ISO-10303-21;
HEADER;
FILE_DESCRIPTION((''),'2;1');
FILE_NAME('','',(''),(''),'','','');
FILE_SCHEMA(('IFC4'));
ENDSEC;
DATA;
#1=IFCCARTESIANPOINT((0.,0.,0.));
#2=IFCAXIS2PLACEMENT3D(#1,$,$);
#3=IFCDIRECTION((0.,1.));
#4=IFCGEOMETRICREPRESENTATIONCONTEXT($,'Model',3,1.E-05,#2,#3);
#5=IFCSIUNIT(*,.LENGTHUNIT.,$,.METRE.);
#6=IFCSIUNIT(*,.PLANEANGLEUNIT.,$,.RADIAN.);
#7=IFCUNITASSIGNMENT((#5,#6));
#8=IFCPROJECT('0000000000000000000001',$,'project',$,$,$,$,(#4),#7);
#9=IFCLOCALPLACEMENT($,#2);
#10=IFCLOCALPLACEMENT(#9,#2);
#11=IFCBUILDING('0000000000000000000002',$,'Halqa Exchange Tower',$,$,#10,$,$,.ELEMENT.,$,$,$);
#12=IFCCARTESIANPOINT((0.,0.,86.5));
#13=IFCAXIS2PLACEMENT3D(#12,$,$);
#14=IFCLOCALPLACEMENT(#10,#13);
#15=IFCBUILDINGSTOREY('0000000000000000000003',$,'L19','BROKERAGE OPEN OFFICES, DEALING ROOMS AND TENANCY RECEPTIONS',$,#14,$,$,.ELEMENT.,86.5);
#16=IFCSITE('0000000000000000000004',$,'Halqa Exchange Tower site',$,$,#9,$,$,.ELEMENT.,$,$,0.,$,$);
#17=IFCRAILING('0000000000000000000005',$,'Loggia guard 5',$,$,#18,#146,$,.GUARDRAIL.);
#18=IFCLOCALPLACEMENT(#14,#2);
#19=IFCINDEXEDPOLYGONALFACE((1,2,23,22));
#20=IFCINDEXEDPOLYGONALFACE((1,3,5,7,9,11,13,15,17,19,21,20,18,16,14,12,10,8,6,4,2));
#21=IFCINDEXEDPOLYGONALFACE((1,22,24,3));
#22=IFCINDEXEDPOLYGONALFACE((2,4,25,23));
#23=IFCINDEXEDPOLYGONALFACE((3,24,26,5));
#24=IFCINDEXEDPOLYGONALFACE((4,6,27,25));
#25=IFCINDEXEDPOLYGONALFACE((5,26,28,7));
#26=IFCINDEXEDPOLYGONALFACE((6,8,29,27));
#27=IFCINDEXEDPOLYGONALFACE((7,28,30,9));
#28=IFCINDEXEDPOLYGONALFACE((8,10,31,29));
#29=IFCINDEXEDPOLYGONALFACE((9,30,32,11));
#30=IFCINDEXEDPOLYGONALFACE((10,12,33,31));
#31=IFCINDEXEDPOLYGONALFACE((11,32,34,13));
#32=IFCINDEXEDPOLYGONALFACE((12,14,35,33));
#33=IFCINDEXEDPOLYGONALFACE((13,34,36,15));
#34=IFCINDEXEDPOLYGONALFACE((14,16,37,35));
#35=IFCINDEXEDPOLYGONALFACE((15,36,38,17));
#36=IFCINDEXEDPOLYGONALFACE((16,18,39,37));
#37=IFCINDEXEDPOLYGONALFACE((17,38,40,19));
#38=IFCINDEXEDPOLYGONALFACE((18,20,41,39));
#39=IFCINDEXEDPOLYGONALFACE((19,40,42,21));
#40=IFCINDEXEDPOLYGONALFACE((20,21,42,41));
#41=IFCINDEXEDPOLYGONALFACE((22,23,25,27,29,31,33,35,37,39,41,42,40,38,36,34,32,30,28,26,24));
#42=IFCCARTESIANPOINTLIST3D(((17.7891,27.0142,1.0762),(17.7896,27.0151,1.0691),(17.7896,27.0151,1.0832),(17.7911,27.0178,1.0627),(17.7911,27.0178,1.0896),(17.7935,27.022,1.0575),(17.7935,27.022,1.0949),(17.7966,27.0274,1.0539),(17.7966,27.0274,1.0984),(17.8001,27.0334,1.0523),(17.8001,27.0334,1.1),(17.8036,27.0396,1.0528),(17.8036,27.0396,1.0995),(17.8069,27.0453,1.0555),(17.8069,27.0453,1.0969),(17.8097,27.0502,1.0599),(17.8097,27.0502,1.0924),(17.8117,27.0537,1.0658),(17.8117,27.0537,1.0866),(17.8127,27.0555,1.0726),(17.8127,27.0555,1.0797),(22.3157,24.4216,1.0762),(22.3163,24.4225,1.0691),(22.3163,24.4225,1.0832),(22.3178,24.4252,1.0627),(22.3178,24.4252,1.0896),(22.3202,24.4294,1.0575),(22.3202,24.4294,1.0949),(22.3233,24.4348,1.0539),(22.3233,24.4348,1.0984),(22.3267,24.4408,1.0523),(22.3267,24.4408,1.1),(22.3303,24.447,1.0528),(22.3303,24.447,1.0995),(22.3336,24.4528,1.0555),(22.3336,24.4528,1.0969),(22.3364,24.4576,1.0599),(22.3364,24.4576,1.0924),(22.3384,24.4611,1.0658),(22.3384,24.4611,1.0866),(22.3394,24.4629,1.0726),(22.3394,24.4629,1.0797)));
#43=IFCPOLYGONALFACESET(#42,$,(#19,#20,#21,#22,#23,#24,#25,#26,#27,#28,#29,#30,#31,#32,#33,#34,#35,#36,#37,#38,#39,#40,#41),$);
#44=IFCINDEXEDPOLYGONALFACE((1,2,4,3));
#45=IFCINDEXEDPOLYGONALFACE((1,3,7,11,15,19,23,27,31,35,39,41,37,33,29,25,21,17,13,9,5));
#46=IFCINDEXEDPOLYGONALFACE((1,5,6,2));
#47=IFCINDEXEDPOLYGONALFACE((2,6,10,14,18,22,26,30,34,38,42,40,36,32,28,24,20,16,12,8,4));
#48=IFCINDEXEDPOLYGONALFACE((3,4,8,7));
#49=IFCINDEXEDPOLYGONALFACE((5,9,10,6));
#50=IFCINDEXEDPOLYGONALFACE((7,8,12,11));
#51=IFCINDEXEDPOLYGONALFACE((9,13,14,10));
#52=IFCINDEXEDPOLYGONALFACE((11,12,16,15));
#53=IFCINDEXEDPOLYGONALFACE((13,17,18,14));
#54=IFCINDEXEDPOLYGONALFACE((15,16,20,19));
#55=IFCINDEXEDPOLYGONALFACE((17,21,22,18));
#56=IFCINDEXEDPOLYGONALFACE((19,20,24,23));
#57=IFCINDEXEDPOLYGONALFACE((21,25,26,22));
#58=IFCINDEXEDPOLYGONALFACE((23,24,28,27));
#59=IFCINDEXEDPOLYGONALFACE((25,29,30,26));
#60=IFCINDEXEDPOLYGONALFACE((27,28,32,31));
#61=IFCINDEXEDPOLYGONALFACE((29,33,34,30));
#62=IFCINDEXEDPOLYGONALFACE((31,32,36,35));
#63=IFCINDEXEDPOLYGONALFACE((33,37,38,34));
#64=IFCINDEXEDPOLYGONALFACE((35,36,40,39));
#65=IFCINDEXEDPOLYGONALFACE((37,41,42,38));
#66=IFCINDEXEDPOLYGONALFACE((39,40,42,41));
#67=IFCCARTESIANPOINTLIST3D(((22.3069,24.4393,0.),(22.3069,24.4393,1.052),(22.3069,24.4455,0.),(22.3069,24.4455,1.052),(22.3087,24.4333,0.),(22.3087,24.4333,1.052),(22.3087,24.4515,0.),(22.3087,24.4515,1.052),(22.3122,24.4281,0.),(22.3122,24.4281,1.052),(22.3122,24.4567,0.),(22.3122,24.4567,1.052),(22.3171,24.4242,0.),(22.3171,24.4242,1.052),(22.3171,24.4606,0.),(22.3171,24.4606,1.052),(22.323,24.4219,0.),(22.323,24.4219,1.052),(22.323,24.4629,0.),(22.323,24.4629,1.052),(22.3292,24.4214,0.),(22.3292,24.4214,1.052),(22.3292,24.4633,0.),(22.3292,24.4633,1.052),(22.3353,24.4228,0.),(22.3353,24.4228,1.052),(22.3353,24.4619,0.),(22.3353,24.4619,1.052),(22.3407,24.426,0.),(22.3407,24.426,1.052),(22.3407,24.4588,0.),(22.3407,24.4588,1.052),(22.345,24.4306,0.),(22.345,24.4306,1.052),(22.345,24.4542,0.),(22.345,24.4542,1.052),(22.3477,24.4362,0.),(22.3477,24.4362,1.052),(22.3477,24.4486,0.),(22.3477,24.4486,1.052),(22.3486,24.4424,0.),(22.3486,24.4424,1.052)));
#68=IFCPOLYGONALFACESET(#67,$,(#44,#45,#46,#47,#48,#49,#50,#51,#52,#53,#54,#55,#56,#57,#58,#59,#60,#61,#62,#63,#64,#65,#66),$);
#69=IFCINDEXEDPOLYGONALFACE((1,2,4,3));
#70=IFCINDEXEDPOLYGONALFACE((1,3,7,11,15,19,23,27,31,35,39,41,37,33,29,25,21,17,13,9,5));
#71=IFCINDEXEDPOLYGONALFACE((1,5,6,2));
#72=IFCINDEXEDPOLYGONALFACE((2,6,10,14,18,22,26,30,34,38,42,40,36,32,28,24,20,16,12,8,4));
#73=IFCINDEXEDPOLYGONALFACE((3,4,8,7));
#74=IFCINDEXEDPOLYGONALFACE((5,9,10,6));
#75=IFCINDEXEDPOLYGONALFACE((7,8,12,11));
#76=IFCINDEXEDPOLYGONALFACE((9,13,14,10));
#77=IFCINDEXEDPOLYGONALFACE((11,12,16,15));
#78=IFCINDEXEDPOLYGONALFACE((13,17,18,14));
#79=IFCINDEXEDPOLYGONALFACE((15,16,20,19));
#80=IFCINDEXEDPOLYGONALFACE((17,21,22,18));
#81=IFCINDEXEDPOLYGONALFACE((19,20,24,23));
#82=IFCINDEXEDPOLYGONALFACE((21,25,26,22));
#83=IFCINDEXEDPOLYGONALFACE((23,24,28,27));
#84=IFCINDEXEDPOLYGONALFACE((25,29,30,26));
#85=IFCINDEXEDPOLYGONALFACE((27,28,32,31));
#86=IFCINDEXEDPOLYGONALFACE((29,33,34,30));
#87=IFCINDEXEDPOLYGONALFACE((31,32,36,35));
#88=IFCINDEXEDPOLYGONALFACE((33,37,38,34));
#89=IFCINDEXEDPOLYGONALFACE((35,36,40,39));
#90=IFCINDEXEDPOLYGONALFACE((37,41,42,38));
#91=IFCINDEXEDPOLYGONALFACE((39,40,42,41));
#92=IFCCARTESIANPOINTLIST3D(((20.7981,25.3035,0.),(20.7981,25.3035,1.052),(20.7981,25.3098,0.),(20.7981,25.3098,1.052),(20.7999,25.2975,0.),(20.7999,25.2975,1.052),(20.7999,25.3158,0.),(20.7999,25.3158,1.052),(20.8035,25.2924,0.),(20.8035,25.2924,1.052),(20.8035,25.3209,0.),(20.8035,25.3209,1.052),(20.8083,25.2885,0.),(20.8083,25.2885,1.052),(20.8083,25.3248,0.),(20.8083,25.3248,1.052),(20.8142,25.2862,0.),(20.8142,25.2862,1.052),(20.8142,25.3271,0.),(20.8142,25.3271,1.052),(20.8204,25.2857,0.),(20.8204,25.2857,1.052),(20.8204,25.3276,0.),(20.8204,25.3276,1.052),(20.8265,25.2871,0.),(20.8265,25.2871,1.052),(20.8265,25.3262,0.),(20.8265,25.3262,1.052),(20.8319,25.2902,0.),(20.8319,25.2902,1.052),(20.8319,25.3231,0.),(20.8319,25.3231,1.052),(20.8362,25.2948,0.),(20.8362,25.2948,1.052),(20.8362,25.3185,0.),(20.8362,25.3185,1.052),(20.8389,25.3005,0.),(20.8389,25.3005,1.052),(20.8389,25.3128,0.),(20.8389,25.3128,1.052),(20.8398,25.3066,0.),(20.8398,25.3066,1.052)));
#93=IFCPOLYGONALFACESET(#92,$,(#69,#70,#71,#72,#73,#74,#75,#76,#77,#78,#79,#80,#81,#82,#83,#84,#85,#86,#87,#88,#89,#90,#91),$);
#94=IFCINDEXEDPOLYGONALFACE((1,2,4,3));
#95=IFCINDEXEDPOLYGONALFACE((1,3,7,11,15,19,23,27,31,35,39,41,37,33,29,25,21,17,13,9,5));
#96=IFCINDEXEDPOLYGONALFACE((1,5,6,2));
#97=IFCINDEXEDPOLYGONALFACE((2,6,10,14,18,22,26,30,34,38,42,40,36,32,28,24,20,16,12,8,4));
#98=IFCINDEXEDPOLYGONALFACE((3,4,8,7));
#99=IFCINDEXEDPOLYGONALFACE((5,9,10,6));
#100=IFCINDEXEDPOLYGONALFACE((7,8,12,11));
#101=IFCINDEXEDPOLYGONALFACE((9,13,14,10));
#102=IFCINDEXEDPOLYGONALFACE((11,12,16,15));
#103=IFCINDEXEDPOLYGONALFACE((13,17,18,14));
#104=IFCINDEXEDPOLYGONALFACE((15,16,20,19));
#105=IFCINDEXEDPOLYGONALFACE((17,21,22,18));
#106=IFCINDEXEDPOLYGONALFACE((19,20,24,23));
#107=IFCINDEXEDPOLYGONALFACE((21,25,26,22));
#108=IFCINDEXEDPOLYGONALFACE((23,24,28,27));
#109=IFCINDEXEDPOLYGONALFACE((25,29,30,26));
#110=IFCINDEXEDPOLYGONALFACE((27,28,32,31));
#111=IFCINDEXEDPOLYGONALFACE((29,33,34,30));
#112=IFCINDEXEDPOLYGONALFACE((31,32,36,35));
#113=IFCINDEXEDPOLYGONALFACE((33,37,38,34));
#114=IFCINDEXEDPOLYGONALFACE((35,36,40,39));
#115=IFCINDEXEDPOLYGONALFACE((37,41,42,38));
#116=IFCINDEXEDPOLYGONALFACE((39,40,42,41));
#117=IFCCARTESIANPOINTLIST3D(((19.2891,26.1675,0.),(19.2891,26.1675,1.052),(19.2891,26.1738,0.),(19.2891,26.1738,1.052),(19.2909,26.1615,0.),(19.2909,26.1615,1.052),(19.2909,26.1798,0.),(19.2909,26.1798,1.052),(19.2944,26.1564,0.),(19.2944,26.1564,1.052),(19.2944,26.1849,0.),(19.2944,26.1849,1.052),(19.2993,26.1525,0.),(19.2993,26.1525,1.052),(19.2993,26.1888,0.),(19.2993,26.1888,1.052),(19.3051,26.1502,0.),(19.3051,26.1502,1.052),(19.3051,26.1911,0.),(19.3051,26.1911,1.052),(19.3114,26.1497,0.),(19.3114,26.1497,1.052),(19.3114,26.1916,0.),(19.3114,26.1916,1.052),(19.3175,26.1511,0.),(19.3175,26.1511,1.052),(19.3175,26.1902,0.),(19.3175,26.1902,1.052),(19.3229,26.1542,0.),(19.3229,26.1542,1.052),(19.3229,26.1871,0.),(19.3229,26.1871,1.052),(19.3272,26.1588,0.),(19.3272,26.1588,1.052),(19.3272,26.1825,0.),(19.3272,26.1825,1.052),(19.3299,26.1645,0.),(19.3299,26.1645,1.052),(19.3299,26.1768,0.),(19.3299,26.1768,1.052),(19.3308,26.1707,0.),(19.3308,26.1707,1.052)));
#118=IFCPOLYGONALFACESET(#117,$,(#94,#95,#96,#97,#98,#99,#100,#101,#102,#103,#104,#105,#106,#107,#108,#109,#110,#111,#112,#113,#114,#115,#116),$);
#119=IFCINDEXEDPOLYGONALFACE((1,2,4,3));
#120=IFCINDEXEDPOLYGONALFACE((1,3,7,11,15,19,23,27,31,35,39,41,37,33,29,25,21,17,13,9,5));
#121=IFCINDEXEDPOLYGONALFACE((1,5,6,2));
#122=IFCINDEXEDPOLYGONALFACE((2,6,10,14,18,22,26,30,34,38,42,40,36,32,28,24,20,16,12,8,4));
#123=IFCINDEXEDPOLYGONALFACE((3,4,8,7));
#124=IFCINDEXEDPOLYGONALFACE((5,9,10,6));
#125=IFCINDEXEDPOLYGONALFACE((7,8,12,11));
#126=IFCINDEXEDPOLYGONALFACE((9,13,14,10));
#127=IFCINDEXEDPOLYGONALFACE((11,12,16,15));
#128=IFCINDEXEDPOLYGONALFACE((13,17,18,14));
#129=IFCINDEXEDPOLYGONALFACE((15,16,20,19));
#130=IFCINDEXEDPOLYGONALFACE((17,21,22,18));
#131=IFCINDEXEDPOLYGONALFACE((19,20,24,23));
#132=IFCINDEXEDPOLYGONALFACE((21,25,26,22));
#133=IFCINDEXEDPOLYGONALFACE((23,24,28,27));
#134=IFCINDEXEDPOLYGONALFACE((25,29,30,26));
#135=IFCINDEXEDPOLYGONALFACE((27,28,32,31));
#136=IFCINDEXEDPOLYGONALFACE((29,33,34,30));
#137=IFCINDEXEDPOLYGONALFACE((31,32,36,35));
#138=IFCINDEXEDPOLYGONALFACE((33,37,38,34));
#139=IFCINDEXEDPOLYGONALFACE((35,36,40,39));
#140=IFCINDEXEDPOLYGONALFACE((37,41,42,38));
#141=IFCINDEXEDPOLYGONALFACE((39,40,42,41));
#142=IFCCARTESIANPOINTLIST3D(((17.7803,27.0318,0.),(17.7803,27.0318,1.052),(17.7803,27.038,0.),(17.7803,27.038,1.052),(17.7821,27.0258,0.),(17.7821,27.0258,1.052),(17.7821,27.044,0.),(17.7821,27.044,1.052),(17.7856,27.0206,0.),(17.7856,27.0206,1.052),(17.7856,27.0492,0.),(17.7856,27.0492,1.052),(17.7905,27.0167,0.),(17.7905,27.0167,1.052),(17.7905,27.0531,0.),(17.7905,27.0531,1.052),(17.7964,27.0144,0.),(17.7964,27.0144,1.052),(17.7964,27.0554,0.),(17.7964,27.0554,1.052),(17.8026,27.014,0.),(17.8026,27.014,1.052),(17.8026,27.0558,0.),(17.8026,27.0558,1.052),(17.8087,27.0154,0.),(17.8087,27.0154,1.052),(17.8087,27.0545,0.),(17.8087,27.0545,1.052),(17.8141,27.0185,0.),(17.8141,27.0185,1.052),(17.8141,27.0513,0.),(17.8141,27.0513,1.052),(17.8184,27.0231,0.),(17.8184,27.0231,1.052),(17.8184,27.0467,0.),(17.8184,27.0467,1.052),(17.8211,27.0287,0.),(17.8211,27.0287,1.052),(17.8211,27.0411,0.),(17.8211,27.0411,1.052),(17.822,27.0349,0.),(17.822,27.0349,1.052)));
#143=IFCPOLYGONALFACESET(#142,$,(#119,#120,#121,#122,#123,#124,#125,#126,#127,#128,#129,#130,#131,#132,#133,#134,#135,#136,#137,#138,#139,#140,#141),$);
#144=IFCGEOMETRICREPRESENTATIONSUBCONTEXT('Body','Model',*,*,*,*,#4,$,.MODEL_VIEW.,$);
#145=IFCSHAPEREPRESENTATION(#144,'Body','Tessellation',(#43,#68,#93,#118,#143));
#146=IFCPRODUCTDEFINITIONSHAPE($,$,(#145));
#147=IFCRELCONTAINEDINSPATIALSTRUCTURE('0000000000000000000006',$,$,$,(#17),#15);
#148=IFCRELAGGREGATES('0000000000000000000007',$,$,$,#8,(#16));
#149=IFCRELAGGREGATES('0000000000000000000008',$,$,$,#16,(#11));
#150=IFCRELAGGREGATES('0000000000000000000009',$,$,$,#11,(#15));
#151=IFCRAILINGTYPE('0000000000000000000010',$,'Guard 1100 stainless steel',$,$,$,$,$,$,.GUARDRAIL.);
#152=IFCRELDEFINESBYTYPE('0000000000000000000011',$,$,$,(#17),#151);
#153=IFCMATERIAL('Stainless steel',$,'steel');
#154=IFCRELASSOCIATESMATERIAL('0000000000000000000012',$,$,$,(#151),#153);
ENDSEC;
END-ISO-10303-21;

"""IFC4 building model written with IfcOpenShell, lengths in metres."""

from ifc_helpers import new_model, si_unit, direction, frame, origin, origin_2d, place, context, subcontext, project, spatial, circle, extrude, material, type_object, element, save


model = new_model("IFC4")

# Units and contexts
model_context = context("Model", 3, precision=1e-05, world=origin(), true_north=direction((0.0, 1.0)))
body_context = subcontext(model_context, "Body", "Model", "MODEL_VIEW")
ifc_project = project(units=[si_unit("LENGTHUNIT", "METRE"), si_unit("PLANEANGLEUNIT", "RADIAN")], contexts=[model_context])

# Site, building, storey
site_placement = place(None, origin())
site = spatial("IfcSite", under=ifc_project, at=site_placement, Name="Halqa Exchange Tower site", CompositionType="ELEMENT", RefElevation=0.0)
building_placement = place(site_placement, origin())
building = spatial("IfcBuilding", under=site, at=building_placement, Name="Halqa Exchange Tower", CompositionType="ELEMENT")
storey_placement = place(building_placement, frame((0.0, 0.0, 86.5)))
storey = spatial("IfcBuildingStorey", under=building, at=storey_placement, Name="L19", Description="BROKERAGE OPEN OFFICES, DEALING ROOMS AND TENANCY RECEPTIONS", CompositionType="ELEMENT", Elevation=86.5)

# Railing
ifc_material_1 = material(Name="Stainless steel", Category="steel")
railing_type = type_object("IfcRailingType", Name="Guard 1100 stainless steel", PredefinedType="GUARDRAIL", material=ifc_material_1)
railing_1_placement = place(storey_placement, frame((22.3276, 24.4424, 0.0)))
element("IfcRailing", 1, at=railing_1_placement, inside=storey, type_object=railing_type, Name="Loggia guard 5", PredefinedType="GUARDRAIL", context=body_context, shape_type="SweptSolid", body=[
    extrude(circle(Radius=0.0239, at=origin_2d()), frame((0.0, 0.0, 1.0762), z_axis=(-0.867756, 0.49699, 0.0), x_axis=(-0.49699, -0.867756, 0.0)), (0.0, 0.0, 1.0), 5.2166),
    extrude(circle(Radius=0.021, at=origin_2d()), origin(), (0.0, 0.0, 1.0), 1.052),
    extrude(circle(Radius=0.021, at=origin_2d()), frame((-1.5088, 0.8643, 0.0)), (0.0, 0.0, 1.0), 1.052),
    extrude(circle(Radius=0.021, at=origin_2d()), frame((-3.0178, 1.7283, 0.0)), (0.0, 0.0, 1.0), 1.052),
    extrude(circle(Radius=0.021, at=origin_2d()), frame((-4.5266, 2.5925, 0.0)), (0.0, 0.0, 1.0), 1.052),
])

save(model, "model.ifc")
